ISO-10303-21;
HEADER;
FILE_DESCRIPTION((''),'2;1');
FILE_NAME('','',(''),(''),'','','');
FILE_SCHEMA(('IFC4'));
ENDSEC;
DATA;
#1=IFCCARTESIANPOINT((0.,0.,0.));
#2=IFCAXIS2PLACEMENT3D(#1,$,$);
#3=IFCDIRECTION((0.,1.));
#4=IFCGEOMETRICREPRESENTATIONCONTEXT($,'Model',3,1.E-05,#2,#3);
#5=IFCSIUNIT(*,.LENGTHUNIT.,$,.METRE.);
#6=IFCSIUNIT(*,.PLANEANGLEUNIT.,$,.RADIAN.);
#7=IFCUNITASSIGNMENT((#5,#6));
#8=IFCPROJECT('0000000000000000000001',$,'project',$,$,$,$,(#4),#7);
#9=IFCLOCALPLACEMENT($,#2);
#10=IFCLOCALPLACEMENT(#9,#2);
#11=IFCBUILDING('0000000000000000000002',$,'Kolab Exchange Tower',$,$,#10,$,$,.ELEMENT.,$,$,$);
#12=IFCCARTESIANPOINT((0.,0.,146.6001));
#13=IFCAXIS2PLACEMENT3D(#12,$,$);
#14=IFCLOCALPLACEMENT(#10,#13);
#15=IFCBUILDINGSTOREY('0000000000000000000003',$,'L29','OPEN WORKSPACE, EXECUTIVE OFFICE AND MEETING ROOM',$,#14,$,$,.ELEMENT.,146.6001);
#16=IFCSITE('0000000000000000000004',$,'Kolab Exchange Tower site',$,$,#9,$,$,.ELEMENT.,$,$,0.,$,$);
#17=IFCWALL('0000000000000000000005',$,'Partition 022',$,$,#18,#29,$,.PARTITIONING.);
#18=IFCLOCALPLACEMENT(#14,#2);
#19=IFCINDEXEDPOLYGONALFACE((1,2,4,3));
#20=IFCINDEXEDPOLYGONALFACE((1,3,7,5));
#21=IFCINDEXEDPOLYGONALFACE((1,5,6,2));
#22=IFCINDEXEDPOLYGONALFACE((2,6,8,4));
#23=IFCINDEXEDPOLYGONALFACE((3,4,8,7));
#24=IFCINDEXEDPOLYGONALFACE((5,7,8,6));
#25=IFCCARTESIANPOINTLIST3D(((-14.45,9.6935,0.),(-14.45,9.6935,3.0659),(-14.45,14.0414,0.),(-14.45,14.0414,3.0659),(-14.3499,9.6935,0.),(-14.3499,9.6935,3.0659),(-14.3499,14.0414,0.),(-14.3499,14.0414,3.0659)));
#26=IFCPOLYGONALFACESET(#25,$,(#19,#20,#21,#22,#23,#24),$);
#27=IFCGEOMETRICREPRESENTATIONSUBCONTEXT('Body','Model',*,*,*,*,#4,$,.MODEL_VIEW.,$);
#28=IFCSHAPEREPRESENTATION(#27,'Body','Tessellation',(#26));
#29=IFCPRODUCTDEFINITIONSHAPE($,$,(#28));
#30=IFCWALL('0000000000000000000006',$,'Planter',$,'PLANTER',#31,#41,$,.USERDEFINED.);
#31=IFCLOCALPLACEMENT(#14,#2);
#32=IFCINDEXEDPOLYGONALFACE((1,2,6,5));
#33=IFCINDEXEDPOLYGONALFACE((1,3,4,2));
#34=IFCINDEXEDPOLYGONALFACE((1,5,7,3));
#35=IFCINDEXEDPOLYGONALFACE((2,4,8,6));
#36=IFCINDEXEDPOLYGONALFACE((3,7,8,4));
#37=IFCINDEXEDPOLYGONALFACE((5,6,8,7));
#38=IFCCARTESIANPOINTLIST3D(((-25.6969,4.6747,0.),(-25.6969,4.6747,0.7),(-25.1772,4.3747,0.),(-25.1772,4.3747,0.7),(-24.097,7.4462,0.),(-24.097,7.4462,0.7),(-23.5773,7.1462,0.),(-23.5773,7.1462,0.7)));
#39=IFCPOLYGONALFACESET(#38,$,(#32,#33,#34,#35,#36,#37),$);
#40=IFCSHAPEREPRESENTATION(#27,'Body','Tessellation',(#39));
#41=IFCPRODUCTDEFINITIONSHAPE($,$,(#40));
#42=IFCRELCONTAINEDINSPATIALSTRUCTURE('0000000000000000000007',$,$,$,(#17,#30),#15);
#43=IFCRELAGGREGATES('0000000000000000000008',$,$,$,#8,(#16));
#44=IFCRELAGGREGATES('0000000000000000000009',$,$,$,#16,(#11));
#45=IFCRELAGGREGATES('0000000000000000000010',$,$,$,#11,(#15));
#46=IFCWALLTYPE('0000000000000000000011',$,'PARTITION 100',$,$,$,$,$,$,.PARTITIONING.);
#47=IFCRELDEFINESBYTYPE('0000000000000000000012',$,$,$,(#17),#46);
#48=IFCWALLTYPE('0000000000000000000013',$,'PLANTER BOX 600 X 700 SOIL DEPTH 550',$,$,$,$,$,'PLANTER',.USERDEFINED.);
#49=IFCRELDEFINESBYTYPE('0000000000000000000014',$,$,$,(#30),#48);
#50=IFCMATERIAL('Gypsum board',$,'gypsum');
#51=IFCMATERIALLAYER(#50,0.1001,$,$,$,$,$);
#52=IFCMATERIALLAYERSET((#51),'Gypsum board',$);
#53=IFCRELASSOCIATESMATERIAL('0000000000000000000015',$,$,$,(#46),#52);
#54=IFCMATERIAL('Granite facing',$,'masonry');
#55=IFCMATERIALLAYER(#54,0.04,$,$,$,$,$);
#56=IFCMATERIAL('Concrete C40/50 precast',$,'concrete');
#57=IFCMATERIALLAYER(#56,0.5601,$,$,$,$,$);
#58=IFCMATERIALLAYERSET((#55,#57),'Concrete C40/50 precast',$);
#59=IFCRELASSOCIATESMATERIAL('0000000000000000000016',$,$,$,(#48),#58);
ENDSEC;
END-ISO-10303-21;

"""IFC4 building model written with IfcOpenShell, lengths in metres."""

from ifc_helpers import new_model, si_unit, direction, frame, frame_2d, origin, place, context, subcontext, project, spatial, rectangle, extrude, material, layer, layer_set, type_object, element, save


model = new_model("IFC4")

# Units and contexts
model_context = context("Model", 3, precision=1e-05, world=origin(), true_north=direction((0.0, 1.0)))
body_context = subcontext(model_context, "Body", "Model", "MODEL_VIEW")
ifc_project = project(units=[si_unit("LENGTHUNIT", "METRE"), si_unit("PLANEANGLEUNIT", "RADIAN")], contexts=[model_context])

# Site, building, storey
site_placement = place(None, origin())
site = spatial("IfcSite", under=ifc_project, at=site_placement, Name="Kolab Exchange Tower site", CompositionType="ELEMENT", RefElevation=0.0)
building_placement = place(site_placement, origin())
building = spatial("IfcBuilding", under=site, at=building_placement, Name="Kolab Exchange Tower", CompositionType="ELEMENT")
storey_placement = place(building_placement, frame((0.0, 0.0, 146.6001)))
storey = spatial("IfcBuildingStorey", under=building, at=storey_placement, Name="L29", Description="OPEN WORKSPACE, EXECUTIVE OFFICE AND MEETING ROOM", CompositionType="ELEMENT", Elevation=146.6001)

# Walls
ifc_material_1 = material(Name="Gypsum board", Category="gypsum")
ifc_layer_1 = layer(ifc_material_1, 0.1001)
ifc_layer_set_1 = layer_set([ifc_layer_1], Name="Gypsum board")
wall_type_1 = type_object("IfcWallType", Name="PARTITION 100", PredefinedType="PARTITIONING", material=ifc_layer_set_1)
wall_1_placement = place(storey_placement, frame((-14.3999, 9.6936, 0.0), z_axis=(0.0, 0.0, 1.0), x_axis=(0.0, 1.0, 0.0)))
element("IfcWall", 1, at=wall_1_placement, inside=storey, type_object=wall_type_1, Name="Partition 022", PredefinedType="PARTITIONING", context=body_context, shape_type="SweptSolid", body=[
    extrude(rectangle(XDim=4.3479, YDim=0.1001, at=frame_2d((2.1738, 0.0))), origin(), (0.0, 0.0, 1.0), 3.0659),
])
ifc_material_2 = material(Name="Granite facing", Category="masonry")
ifc_layer_2 = layer(ifc_material_2, 0.04)
ifc_material_3 = material(Name="Concrete C40/50 precast", Category="concrete")
ifc_layer_3 = layer(ifc_material_3, 0.5601)
ifc_layer_set_2 = layer_set([ifc_layer_2, ifc_layer_3], Name="Concrete C40/50 precast")
wall_type_2 = type_object("IfcWallType", Name="PLANTER BOX 600 X 700 SOIL DEPTH 550", ElementType="PLANTER", PredefinedType="USERDEFINED", material=ifc_layer_set_2)
wall_2_placement = place(storey_placement, frame((-25.437, 4.5247, 0.0), z_axis=(0.0, 0.0, 1.0), x_axis=(0.499938, 0.866061, 0.0)))
element("IfcWall", 2, at=wall_2_placement, inside=storey, type_object=wall_type_2, Name="Planter", ObjectType="PLANTER", PredefinedType="USERDEFINED", context=body_context, shape_type="SweptSolid", body=[
    extrude(rectangle(XDim=3.2002, YDim=0.6001, at=frame_2d((1.6001, 0.0))), origin(), (0.0, 0.0, 1.0), 0.7),
])

save(model, "model.ifc")
